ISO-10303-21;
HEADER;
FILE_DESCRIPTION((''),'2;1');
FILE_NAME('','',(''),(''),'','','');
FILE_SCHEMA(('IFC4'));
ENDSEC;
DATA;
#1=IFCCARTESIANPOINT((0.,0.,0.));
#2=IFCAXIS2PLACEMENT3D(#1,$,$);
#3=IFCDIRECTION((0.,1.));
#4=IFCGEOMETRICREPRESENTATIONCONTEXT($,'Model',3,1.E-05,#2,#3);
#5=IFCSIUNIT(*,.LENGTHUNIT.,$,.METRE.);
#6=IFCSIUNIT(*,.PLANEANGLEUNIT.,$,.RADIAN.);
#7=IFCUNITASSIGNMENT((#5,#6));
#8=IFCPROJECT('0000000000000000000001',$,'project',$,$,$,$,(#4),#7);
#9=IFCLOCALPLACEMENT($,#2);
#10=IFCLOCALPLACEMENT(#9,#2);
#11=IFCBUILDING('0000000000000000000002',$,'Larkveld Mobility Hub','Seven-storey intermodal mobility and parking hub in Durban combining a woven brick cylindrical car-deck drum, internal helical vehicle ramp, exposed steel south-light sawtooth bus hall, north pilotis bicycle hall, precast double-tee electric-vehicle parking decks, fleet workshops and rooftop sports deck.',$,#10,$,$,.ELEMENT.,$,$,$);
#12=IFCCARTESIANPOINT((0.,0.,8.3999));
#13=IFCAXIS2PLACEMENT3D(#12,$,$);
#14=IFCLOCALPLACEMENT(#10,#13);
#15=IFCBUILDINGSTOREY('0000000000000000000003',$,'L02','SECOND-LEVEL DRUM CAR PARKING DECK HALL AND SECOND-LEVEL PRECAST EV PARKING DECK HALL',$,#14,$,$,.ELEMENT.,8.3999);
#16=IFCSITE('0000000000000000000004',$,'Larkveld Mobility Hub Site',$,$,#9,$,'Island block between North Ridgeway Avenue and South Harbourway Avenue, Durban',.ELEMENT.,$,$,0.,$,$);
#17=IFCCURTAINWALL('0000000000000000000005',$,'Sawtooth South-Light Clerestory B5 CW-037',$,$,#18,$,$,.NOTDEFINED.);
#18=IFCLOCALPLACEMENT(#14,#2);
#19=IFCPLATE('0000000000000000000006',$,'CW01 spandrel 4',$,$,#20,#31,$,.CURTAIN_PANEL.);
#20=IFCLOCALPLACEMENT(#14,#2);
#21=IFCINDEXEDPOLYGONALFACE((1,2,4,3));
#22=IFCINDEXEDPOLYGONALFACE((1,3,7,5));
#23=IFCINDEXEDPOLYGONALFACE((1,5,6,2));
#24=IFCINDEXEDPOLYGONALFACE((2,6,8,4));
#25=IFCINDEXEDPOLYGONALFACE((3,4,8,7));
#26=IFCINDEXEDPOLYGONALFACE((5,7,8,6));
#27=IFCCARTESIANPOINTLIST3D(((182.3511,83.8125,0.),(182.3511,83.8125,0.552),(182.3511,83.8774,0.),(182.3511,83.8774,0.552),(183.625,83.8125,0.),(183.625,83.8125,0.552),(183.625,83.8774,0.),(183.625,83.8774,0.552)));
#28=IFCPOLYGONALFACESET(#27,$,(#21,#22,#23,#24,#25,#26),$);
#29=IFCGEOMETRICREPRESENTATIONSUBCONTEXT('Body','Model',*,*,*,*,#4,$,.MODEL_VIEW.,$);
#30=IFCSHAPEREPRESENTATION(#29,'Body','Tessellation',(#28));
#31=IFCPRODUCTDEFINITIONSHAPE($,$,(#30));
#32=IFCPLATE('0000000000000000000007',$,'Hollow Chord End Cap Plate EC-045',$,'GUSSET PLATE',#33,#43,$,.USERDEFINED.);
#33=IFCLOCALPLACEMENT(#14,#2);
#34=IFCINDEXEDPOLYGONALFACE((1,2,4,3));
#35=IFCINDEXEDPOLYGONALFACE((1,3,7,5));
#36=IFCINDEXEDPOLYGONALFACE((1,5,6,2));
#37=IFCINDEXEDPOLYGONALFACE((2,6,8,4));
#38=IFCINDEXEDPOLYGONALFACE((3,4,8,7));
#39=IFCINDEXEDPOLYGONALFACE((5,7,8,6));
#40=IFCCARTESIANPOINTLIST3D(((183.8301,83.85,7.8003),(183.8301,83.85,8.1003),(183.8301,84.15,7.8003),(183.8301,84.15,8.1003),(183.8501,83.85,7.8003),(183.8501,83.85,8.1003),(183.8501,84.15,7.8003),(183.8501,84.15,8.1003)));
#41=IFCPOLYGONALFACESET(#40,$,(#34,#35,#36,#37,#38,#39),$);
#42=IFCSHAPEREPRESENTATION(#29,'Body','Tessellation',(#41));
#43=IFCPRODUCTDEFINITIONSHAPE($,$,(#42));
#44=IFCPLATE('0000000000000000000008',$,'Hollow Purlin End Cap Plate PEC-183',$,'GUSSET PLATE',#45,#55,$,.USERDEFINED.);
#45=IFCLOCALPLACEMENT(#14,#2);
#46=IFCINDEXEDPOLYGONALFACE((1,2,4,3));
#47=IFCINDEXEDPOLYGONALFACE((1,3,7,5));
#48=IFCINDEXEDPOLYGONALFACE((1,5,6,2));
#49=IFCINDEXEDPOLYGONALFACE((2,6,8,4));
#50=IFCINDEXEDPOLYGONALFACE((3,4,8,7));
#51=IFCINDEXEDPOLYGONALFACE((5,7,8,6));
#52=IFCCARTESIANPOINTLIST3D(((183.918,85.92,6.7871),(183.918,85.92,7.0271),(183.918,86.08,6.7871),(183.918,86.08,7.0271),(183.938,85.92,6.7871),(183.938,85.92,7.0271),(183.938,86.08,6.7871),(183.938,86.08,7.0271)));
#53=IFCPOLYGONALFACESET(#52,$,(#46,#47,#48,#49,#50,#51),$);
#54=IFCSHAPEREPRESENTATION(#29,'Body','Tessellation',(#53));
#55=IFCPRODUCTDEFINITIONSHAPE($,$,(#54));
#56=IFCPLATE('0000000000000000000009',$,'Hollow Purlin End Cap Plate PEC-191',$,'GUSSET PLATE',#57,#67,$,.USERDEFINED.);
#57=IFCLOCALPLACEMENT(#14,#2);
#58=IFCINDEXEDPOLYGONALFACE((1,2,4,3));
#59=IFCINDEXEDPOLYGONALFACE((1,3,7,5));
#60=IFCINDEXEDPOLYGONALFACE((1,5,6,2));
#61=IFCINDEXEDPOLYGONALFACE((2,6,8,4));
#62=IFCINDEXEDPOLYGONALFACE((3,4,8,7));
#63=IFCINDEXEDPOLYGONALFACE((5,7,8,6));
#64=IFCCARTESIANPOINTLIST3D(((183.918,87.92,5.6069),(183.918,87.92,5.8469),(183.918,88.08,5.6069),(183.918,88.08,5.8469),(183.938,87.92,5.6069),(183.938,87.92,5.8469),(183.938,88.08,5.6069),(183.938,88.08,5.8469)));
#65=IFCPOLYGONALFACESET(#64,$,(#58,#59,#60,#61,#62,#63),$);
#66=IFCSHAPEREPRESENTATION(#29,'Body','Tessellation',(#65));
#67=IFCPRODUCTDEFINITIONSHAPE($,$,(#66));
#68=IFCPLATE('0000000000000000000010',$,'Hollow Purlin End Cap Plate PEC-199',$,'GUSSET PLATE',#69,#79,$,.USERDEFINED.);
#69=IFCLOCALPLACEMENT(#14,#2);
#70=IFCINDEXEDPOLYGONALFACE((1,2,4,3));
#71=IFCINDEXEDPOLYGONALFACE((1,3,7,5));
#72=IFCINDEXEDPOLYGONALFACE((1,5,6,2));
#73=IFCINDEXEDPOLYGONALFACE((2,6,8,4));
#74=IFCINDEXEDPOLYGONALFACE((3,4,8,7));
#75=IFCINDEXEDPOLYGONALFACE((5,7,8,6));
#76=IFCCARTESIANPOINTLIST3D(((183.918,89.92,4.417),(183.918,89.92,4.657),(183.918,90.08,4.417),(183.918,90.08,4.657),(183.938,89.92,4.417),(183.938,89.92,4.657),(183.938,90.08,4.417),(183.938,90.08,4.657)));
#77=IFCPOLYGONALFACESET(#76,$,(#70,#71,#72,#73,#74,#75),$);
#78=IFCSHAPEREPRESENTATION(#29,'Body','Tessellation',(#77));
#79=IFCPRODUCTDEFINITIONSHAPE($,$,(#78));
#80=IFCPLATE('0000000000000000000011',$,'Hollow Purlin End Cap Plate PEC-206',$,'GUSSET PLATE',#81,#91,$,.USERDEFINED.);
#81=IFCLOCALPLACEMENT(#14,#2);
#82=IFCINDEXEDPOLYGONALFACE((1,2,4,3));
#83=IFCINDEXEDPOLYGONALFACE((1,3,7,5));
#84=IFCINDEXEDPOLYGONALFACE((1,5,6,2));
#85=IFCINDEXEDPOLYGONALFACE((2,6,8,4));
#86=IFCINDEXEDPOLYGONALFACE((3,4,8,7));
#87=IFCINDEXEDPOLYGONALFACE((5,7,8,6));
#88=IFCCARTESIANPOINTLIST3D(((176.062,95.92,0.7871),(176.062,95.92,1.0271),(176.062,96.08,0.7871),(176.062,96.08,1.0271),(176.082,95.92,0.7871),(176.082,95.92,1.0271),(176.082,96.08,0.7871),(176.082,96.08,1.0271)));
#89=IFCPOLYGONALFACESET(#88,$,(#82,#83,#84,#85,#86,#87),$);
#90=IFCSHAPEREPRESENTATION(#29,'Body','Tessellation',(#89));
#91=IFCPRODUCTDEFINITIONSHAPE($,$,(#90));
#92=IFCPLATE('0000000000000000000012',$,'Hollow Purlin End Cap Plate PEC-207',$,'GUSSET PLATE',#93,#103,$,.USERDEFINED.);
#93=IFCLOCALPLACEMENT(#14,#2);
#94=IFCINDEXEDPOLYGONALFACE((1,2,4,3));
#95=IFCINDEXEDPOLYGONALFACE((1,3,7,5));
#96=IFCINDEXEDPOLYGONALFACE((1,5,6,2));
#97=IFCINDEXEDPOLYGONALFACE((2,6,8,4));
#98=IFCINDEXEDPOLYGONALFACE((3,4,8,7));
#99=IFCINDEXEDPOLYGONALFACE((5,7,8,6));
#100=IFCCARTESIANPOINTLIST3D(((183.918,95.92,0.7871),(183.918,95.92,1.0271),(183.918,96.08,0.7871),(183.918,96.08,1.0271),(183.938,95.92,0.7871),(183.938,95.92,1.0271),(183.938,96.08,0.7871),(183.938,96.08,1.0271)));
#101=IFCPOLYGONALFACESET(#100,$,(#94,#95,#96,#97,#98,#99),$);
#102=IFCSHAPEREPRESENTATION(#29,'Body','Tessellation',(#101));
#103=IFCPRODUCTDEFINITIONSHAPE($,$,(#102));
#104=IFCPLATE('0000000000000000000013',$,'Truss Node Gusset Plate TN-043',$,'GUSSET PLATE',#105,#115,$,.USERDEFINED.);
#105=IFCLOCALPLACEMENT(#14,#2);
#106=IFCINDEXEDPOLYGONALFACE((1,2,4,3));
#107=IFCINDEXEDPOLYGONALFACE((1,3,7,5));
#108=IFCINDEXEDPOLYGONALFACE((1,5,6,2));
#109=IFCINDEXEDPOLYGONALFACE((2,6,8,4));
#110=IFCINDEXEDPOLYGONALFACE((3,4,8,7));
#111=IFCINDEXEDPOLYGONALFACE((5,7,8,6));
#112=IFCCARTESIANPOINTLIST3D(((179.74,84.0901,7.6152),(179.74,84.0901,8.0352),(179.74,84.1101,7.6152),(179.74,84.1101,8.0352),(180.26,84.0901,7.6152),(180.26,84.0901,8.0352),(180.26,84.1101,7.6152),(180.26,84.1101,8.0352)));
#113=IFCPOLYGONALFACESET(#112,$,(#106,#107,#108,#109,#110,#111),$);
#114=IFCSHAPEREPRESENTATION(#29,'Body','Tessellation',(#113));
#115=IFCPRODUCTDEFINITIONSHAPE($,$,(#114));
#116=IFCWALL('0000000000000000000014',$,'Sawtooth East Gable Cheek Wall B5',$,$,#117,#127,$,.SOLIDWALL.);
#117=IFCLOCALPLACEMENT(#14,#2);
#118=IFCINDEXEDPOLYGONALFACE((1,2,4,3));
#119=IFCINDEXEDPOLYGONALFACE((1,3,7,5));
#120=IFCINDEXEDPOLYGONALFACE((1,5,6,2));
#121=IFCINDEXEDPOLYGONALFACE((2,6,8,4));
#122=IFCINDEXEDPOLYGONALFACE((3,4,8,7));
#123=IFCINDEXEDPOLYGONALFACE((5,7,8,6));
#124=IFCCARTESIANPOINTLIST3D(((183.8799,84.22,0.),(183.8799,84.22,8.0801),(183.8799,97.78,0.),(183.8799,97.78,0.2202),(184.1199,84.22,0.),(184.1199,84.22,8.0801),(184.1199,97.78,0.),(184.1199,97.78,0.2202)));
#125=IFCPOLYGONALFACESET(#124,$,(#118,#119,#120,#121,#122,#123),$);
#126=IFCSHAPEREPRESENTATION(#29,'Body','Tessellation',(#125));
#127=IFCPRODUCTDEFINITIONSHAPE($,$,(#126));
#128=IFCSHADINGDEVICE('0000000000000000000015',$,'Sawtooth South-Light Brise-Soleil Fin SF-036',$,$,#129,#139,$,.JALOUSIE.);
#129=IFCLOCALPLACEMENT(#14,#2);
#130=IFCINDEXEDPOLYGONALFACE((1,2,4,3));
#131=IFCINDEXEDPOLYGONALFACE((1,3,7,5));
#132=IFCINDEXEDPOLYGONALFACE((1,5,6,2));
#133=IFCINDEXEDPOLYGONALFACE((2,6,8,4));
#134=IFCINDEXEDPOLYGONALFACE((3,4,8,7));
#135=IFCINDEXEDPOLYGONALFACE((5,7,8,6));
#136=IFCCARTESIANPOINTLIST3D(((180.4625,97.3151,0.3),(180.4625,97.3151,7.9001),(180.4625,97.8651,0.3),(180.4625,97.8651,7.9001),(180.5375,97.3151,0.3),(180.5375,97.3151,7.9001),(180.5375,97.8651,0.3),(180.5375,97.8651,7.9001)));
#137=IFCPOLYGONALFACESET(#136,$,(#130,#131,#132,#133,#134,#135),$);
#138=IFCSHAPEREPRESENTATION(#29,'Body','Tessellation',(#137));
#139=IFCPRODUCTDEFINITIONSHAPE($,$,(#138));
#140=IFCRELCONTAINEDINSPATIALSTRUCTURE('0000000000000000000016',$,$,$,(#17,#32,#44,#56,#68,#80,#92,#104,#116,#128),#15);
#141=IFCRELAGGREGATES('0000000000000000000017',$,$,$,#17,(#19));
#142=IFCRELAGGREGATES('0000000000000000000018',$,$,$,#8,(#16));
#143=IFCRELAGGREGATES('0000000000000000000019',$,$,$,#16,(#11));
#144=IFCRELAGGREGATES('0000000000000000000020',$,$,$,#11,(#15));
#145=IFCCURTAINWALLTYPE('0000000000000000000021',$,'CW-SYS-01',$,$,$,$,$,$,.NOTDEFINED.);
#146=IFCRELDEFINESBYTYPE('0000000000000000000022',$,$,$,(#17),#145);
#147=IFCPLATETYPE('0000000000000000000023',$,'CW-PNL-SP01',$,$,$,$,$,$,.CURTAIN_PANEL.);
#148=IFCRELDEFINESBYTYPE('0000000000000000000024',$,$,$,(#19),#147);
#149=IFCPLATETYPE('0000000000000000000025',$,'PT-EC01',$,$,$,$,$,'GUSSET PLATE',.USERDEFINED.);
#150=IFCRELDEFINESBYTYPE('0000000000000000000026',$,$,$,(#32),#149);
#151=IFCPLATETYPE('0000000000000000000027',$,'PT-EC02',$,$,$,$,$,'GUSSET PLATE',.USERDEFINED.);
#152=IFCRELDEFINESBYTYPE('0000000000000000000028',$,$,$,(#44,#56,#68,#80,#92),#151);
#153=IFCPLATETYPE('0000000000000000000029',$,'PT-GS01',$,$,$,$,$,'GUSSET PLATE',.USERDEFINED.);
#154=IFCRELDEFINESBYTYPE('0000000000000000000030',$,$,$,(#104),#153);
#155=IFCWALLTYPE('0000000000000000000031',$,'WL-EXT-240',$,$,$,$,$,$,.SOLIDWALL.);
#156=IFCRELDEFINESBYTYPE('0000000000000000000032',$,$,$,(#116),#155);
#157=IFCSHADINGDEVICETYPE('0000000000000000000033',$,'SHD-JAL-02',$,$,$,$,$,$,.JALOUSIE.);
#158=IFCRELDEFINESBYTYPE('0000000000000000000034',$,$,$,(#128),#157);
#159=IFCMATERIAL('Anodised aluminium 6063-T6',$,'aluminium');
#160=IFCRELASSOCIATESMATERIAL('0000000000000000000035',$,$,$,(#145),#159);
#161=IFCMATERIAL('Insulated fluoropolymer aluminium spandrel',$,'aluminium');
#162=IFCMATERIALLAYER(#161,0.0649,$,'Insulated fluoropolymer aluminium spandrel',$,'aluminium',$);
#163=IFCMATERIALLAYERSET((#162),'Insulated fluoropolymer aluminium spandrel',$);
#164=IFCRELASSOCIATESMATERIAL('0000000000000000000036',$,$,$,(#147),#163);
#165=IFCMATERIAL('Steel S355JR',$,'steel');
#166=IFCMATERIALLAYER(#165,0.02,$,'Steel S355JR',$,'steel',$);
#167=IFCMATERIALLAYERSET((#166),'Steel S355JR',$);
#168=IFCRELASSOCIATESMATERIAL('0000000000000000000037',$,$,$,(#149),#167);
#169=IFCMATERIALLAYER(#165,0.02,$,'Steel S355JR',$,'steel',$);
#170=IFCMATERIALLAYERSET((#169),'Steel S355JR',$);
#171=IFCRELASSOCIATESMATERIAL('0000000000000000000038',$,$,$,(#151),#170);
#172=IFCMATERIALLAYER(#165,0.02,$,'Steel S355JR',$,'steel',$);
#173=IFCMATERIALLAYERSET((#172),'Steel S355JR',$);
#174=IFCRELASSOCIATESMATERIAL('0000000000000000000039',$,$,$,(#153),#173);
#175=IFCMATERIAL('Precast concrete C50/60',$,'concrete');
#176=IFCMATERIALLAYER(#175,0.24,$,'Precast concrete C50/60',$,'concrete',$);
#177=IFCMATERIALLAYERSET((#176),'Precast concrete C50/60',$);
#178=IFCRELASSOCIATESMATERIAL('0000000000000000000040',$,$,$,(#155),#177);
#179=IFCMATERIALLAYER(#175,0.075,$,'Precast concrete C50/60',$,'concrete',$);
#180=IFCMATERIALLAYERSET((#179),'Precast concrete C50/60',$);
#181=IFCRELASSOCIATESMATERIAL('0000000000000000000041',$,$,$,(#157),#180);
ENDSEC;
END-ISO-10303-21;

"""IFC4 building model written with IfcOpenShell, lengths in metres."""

from ifc_helpers import new_model, si_unit, direction, frame, origin, origin_2d, place, context, subcontext, project, spatial, polyline, rectangle, outline, extrude, material, layer, layer_set, type_object, element, aggregate, save


model = new_model("IFC4")

# Units and contexts
model_context = context("Model", 3, precision=1e-05, world=origin(), true_north=direction((0.0, 1.0)))
body_context = subcontext(model_context, "Body", "Model", "MODEL_VIEW")
ifc_project = project(units=[si_unit("LENGTHUNIT", "METRE"), si_unit("PLANEANGLEUNIT", "RADIAN")], contexts=[model_context])

# Site, building, storey
site_placement = place(None, origin())
site = spatial("IfcSite", under=ifc_project, at=site_placement, Name="Larkveld Mobility Hub Site", LongName="Island block between North Ridgeway Avenue and South Harbourway Avenue, Durban", CompositionType="ELEMENT", RefElevation=0.0)
building_placement = place(site_placement, origin())
building = spatial("IfcBuilding", under=site, at=building_placement, Name="Larkveld Mobility Hub", Description="Seven-storey intermodal mobility and parking hub in Durban combining a woven brick cylindrical car-deck drum, internal helical vehicle ramp, exposed steel south-light sawtooth bus hall, north pilotis bicycle hall, precast double-tee electric-vehicle parking decks, fleet workshops and rooftop sports deck.", CompositionType="ELEMENT")
storey_placement = place(building_placement, frame((0.0, 0.0, 8.3999)))
storey = spatial("IfcBuildingStorey", under=building, at=storey_placement, Name="L02", Description="SECOND-LEVEL DRUM CAR PARKING DECK HALL AND SECOND-LEVEL PRECAST EV PARKING DECK HALL", CompositionType="ELEMENT", Elevation=8.3999)

# Shared definitions
ifc_material_1 = material(Name="Steel S355JR", Category="steel")

# Curtain wall
ifc_material_2 = material(Name="Anodised aluminium 6063-T6", Category="aluminium")
curtain_wall_type = type_object("IfcCurtainWallType", Name="CW-SYS-01", PredefinedType="NOTDEFINED", material=ifc_material_2)
curtain_wall_placement = place(storey_placement, origin())
curtain_wall = element("IfcCurtainWall", 1, at=curtain_wall_placement, inside=storey, type_object=curtain_wall_type, Name="Sawtooth South-Light Clerestory B5 CW-037", PredefinedType="NOTDEFINED")

# Plate
ifc_material_3 = material(Name="Insulated fluoropolymer aluminium spandrel", Category="aluminium")
ifc_layer_1 = layer(ifc_material_3, 0.0649, Name="Insulated fluoropolymer aluminium spandrel", Category="aluminium")
ifc_layer_set_1 = layer_set([ifc_layer_1], Name="Insulated fluoropolymer aluminium spandrel")
plate_type_1 = type_object("IfcPlateType", Name="CW-PNL-SP01", PredefinedType="CURTAIN_PANEL", material=ifc_layer_set_1)
plate_1_placement = place(storey_placement, frame((182.988, 83.845, 0.0), z_axis=(0.0, 0.0, 1.0), x_axis=(1.0, 0.0, 0.0)))
plate_1 = element("IfcPlate", 2, at=plate_1_placement, type_object=plate_type_1, Name="CW01 spandrel 4", PredefinedType="CURTAIN_PANEL", context=body_context, shape_type="SweptSolid", body=[
    extrude(rectangle(XDim=1.2739, YDim=0.0649, at=origin_2d()), origin(), (0.0, 0.0, 1.0), 0.552),
])
aggregate(curtain_wall, [plate_1])

# Plates
ifc_layer_2 = layer(ifc_material_1, 0.02, Name="Steel S355JR", Category="steel")
ifc_layer_set_2 = layer_set([ifc_layer_2], Name="Steel S355JR")
plate_type_2 = type_object("IfcPlateType", Name="PT-EC01", ElementType="GUSSET PLATE", PredefinedType="USERDEFINED", material=ifc_layer_set_2)
plate_2_placement = place(storey_placement, frame((183.8401, 84.0, 7.8003), z_axis=(0.0, 0.0, 1.0), x_axis=(1.0, 0.0, 0.0)))
element("IfcPlate", 3, at=plate_2_placement, inside=storey, type_object=plate_type_2, Name="Hollow Chord End Cap Plate EC-045", ObjectType="GUSSET PLATE", PredefinedType="USERDEFINED", context=body_context, shape_type="SweptSolid", body=[
    extrude(rectangle(XDim=0.02, YDim=0.3, at=origin_2d()), origin(), (0.0, 0.0, 1.0), 0.3),
])
ifc_layer_3 = layer(ifc_material_1, 0.02, Name="Steel S355JR", Category="steel")
ifc_layer_set_3 = layer_set([ifc_layer_3], Name="Steel S355JR")
plate_type_3 = type_object("IfcPlateType", Name="PT-EC02", ElementType="GUSSET PLATE", PredefinedType="USERDEFINED", material=ifc_layer_set_3)
for number, where, z_axis, x_axis, name in (
    (4, (183.928, 86.0, 6.7871), (0.0, 0.0, 1.0), (1.0, 0.0, 0.0), "Hollow Purlin End Cap Plate PEC-183"),
    (5, (183.928, 88.0, 5.6069), (0.0, 0.0, 1.0), (1.0, 0.0, 0.0), "Hollow Purlin End Cap Plate PEC-191"),
    (6, (183.928, 90.0, 4.417), (0.0, 0.0, 1.0), (1.0, 0.0, 0.0), "Hollow Purlin End Cap Plate PEC-199"),
    (7, (176.072, 96.0, 0.7871), (0.0, 0.0, 1.0), (1.0, 0.0, 0.0), "Hollow Purlin End Cap Plate PEC-206"),
    (8, (183.928, 96.0, 0.7871), (0.0, 0.0, 1.0), (1.0, 0.0, 0.0), "Hollow Purlin End Cap Plate PEC-207"),
):
    element("IfcPlate", number, at=place(storey_placement, frame(where, z_axis=z_axis, x_axis=x_axis)), inside=storey, type_object=plate_type_3, Name=name, ObjectType="GUSSET PLATE", PredefinedType="USERDEFINED", context=body_context, shape_type="SweptSolid", body=[
        extrude(rectangle(XDim=0.02, YDim=0.1599, at=origin_2d()), origin(), (0.0, 0.0, 1.0), 0.24),
    ])
ifc_layer_4 = layer(ifc_material_1, 0.02, Name="Steel S355JR", Category="steel")
ifc_layer_set_4 = layer_set([ifc_layer_4], Name="Steel S355JR")
plate_type_4 = type_object("IfcPlateType", Name="PT-GS01", ElementType="GUSSET PLATE", PredefinedType="USERDEFINED", material=ifc_layer_set_4)
plate_3_placement = place(storey_placement, frame((180.0, 84.1001, 7.6152), z_axis=(0.0, 0.0, 1.0), x_axis=(1.0, 0.0, 0.0)))
element("IfcPlate", 9, at=plate_3_placement, inside=storey, type_object=plate_type_4, Name="Truss Node Gusset Plate TN-043", ObjectType="GUSSET PLATE", PredefinedType="USERDEFINED", context=body_context, shape_type="SweptSolid", body=[
    extrude(rectangle(XDim=0.52, YDim=0.02, at=origin_2d()), origin(), (0.0, 0.0, 1.0), 0.4199),
])

# Wall
ifc_material_4 = material(Name="Precast concrete C50/60", Category="concrete")
ifc_layer_5 = layer(ifc_material_4, 0.24, Name="Precast concrete C50/60", Category="concrete")
ifc_layer_set_5 = layer_set([ifc_layer_5], Name="Precast concrete C50/60")
wall_type = type_object("IfcWallType", Name="WL-EXT-240", PredefinedType="SOLIDWALL", material=ifc_layer_set_5)
wall_placement = place(storey_placement, frame((184.0, 84.22, 0.0), z_axis=(0.0, 0.0, 1.0), x_axis=(0.0, 1.0, 0.0)))
element("IfcWall", 10, at=wall_placement, inside=storey, type_object=wall_type, Name="Sawtooth East Gable Cheek Wall B5", PredefinedType="SOLIDWALL", context=body_context, shape_type="SweptSolid", body=[
    extrude(outline(polyline([(0.0, 0.0), (13.5601, 0.0), (13.5601, 0.2202), (0.0, 8.0801), (0.0, 0.0)])), frame((0.0, 0.1201, 0.0), z_axis=(0.0, -1.0, 0.0), x_axis=(1.0, 0.0, 0.0)), (0.0, 0.0, 1.0), 0.24),
])

# Shading device
ifc_layer_6 = layer(ifc_material_4, 0.075, Name="Precast concrete C50/60", Category="concrete")
ifc_layer_set_6 = layer_set([ifc_layer_6], Name="Precast concrete C50/60")
shading_device_type = type_object("IfcShadingDeviceType", Name="SHD-JAL-02", PredefinedType="JALOUSIE", material=ifc_layer_set_6)
shading_device_placement = place(storey_placement, frame((180.5, 97.5901, 0.3), z_axis=(0.0, 0.0, 1.0), x_axis=(1.0, 0.0, 0.0)))
element("IfcShadingDevice", 11, at=shading_device_placement, inside=storey, type_object=shading_device_type, Name="Sawtooth South-Light Brise-Soleil Fin SF-036", PredefinedType="JALOUSIE", context=body_context, shape_type="SweptSolid", body=[
    extrude(rectangle(XDim=0.075, YDim=0.55, at=origin_2d()), origin(), (0.0, 0.0, 1.0), 7.6001),
])

save(model, "model.ifc")
